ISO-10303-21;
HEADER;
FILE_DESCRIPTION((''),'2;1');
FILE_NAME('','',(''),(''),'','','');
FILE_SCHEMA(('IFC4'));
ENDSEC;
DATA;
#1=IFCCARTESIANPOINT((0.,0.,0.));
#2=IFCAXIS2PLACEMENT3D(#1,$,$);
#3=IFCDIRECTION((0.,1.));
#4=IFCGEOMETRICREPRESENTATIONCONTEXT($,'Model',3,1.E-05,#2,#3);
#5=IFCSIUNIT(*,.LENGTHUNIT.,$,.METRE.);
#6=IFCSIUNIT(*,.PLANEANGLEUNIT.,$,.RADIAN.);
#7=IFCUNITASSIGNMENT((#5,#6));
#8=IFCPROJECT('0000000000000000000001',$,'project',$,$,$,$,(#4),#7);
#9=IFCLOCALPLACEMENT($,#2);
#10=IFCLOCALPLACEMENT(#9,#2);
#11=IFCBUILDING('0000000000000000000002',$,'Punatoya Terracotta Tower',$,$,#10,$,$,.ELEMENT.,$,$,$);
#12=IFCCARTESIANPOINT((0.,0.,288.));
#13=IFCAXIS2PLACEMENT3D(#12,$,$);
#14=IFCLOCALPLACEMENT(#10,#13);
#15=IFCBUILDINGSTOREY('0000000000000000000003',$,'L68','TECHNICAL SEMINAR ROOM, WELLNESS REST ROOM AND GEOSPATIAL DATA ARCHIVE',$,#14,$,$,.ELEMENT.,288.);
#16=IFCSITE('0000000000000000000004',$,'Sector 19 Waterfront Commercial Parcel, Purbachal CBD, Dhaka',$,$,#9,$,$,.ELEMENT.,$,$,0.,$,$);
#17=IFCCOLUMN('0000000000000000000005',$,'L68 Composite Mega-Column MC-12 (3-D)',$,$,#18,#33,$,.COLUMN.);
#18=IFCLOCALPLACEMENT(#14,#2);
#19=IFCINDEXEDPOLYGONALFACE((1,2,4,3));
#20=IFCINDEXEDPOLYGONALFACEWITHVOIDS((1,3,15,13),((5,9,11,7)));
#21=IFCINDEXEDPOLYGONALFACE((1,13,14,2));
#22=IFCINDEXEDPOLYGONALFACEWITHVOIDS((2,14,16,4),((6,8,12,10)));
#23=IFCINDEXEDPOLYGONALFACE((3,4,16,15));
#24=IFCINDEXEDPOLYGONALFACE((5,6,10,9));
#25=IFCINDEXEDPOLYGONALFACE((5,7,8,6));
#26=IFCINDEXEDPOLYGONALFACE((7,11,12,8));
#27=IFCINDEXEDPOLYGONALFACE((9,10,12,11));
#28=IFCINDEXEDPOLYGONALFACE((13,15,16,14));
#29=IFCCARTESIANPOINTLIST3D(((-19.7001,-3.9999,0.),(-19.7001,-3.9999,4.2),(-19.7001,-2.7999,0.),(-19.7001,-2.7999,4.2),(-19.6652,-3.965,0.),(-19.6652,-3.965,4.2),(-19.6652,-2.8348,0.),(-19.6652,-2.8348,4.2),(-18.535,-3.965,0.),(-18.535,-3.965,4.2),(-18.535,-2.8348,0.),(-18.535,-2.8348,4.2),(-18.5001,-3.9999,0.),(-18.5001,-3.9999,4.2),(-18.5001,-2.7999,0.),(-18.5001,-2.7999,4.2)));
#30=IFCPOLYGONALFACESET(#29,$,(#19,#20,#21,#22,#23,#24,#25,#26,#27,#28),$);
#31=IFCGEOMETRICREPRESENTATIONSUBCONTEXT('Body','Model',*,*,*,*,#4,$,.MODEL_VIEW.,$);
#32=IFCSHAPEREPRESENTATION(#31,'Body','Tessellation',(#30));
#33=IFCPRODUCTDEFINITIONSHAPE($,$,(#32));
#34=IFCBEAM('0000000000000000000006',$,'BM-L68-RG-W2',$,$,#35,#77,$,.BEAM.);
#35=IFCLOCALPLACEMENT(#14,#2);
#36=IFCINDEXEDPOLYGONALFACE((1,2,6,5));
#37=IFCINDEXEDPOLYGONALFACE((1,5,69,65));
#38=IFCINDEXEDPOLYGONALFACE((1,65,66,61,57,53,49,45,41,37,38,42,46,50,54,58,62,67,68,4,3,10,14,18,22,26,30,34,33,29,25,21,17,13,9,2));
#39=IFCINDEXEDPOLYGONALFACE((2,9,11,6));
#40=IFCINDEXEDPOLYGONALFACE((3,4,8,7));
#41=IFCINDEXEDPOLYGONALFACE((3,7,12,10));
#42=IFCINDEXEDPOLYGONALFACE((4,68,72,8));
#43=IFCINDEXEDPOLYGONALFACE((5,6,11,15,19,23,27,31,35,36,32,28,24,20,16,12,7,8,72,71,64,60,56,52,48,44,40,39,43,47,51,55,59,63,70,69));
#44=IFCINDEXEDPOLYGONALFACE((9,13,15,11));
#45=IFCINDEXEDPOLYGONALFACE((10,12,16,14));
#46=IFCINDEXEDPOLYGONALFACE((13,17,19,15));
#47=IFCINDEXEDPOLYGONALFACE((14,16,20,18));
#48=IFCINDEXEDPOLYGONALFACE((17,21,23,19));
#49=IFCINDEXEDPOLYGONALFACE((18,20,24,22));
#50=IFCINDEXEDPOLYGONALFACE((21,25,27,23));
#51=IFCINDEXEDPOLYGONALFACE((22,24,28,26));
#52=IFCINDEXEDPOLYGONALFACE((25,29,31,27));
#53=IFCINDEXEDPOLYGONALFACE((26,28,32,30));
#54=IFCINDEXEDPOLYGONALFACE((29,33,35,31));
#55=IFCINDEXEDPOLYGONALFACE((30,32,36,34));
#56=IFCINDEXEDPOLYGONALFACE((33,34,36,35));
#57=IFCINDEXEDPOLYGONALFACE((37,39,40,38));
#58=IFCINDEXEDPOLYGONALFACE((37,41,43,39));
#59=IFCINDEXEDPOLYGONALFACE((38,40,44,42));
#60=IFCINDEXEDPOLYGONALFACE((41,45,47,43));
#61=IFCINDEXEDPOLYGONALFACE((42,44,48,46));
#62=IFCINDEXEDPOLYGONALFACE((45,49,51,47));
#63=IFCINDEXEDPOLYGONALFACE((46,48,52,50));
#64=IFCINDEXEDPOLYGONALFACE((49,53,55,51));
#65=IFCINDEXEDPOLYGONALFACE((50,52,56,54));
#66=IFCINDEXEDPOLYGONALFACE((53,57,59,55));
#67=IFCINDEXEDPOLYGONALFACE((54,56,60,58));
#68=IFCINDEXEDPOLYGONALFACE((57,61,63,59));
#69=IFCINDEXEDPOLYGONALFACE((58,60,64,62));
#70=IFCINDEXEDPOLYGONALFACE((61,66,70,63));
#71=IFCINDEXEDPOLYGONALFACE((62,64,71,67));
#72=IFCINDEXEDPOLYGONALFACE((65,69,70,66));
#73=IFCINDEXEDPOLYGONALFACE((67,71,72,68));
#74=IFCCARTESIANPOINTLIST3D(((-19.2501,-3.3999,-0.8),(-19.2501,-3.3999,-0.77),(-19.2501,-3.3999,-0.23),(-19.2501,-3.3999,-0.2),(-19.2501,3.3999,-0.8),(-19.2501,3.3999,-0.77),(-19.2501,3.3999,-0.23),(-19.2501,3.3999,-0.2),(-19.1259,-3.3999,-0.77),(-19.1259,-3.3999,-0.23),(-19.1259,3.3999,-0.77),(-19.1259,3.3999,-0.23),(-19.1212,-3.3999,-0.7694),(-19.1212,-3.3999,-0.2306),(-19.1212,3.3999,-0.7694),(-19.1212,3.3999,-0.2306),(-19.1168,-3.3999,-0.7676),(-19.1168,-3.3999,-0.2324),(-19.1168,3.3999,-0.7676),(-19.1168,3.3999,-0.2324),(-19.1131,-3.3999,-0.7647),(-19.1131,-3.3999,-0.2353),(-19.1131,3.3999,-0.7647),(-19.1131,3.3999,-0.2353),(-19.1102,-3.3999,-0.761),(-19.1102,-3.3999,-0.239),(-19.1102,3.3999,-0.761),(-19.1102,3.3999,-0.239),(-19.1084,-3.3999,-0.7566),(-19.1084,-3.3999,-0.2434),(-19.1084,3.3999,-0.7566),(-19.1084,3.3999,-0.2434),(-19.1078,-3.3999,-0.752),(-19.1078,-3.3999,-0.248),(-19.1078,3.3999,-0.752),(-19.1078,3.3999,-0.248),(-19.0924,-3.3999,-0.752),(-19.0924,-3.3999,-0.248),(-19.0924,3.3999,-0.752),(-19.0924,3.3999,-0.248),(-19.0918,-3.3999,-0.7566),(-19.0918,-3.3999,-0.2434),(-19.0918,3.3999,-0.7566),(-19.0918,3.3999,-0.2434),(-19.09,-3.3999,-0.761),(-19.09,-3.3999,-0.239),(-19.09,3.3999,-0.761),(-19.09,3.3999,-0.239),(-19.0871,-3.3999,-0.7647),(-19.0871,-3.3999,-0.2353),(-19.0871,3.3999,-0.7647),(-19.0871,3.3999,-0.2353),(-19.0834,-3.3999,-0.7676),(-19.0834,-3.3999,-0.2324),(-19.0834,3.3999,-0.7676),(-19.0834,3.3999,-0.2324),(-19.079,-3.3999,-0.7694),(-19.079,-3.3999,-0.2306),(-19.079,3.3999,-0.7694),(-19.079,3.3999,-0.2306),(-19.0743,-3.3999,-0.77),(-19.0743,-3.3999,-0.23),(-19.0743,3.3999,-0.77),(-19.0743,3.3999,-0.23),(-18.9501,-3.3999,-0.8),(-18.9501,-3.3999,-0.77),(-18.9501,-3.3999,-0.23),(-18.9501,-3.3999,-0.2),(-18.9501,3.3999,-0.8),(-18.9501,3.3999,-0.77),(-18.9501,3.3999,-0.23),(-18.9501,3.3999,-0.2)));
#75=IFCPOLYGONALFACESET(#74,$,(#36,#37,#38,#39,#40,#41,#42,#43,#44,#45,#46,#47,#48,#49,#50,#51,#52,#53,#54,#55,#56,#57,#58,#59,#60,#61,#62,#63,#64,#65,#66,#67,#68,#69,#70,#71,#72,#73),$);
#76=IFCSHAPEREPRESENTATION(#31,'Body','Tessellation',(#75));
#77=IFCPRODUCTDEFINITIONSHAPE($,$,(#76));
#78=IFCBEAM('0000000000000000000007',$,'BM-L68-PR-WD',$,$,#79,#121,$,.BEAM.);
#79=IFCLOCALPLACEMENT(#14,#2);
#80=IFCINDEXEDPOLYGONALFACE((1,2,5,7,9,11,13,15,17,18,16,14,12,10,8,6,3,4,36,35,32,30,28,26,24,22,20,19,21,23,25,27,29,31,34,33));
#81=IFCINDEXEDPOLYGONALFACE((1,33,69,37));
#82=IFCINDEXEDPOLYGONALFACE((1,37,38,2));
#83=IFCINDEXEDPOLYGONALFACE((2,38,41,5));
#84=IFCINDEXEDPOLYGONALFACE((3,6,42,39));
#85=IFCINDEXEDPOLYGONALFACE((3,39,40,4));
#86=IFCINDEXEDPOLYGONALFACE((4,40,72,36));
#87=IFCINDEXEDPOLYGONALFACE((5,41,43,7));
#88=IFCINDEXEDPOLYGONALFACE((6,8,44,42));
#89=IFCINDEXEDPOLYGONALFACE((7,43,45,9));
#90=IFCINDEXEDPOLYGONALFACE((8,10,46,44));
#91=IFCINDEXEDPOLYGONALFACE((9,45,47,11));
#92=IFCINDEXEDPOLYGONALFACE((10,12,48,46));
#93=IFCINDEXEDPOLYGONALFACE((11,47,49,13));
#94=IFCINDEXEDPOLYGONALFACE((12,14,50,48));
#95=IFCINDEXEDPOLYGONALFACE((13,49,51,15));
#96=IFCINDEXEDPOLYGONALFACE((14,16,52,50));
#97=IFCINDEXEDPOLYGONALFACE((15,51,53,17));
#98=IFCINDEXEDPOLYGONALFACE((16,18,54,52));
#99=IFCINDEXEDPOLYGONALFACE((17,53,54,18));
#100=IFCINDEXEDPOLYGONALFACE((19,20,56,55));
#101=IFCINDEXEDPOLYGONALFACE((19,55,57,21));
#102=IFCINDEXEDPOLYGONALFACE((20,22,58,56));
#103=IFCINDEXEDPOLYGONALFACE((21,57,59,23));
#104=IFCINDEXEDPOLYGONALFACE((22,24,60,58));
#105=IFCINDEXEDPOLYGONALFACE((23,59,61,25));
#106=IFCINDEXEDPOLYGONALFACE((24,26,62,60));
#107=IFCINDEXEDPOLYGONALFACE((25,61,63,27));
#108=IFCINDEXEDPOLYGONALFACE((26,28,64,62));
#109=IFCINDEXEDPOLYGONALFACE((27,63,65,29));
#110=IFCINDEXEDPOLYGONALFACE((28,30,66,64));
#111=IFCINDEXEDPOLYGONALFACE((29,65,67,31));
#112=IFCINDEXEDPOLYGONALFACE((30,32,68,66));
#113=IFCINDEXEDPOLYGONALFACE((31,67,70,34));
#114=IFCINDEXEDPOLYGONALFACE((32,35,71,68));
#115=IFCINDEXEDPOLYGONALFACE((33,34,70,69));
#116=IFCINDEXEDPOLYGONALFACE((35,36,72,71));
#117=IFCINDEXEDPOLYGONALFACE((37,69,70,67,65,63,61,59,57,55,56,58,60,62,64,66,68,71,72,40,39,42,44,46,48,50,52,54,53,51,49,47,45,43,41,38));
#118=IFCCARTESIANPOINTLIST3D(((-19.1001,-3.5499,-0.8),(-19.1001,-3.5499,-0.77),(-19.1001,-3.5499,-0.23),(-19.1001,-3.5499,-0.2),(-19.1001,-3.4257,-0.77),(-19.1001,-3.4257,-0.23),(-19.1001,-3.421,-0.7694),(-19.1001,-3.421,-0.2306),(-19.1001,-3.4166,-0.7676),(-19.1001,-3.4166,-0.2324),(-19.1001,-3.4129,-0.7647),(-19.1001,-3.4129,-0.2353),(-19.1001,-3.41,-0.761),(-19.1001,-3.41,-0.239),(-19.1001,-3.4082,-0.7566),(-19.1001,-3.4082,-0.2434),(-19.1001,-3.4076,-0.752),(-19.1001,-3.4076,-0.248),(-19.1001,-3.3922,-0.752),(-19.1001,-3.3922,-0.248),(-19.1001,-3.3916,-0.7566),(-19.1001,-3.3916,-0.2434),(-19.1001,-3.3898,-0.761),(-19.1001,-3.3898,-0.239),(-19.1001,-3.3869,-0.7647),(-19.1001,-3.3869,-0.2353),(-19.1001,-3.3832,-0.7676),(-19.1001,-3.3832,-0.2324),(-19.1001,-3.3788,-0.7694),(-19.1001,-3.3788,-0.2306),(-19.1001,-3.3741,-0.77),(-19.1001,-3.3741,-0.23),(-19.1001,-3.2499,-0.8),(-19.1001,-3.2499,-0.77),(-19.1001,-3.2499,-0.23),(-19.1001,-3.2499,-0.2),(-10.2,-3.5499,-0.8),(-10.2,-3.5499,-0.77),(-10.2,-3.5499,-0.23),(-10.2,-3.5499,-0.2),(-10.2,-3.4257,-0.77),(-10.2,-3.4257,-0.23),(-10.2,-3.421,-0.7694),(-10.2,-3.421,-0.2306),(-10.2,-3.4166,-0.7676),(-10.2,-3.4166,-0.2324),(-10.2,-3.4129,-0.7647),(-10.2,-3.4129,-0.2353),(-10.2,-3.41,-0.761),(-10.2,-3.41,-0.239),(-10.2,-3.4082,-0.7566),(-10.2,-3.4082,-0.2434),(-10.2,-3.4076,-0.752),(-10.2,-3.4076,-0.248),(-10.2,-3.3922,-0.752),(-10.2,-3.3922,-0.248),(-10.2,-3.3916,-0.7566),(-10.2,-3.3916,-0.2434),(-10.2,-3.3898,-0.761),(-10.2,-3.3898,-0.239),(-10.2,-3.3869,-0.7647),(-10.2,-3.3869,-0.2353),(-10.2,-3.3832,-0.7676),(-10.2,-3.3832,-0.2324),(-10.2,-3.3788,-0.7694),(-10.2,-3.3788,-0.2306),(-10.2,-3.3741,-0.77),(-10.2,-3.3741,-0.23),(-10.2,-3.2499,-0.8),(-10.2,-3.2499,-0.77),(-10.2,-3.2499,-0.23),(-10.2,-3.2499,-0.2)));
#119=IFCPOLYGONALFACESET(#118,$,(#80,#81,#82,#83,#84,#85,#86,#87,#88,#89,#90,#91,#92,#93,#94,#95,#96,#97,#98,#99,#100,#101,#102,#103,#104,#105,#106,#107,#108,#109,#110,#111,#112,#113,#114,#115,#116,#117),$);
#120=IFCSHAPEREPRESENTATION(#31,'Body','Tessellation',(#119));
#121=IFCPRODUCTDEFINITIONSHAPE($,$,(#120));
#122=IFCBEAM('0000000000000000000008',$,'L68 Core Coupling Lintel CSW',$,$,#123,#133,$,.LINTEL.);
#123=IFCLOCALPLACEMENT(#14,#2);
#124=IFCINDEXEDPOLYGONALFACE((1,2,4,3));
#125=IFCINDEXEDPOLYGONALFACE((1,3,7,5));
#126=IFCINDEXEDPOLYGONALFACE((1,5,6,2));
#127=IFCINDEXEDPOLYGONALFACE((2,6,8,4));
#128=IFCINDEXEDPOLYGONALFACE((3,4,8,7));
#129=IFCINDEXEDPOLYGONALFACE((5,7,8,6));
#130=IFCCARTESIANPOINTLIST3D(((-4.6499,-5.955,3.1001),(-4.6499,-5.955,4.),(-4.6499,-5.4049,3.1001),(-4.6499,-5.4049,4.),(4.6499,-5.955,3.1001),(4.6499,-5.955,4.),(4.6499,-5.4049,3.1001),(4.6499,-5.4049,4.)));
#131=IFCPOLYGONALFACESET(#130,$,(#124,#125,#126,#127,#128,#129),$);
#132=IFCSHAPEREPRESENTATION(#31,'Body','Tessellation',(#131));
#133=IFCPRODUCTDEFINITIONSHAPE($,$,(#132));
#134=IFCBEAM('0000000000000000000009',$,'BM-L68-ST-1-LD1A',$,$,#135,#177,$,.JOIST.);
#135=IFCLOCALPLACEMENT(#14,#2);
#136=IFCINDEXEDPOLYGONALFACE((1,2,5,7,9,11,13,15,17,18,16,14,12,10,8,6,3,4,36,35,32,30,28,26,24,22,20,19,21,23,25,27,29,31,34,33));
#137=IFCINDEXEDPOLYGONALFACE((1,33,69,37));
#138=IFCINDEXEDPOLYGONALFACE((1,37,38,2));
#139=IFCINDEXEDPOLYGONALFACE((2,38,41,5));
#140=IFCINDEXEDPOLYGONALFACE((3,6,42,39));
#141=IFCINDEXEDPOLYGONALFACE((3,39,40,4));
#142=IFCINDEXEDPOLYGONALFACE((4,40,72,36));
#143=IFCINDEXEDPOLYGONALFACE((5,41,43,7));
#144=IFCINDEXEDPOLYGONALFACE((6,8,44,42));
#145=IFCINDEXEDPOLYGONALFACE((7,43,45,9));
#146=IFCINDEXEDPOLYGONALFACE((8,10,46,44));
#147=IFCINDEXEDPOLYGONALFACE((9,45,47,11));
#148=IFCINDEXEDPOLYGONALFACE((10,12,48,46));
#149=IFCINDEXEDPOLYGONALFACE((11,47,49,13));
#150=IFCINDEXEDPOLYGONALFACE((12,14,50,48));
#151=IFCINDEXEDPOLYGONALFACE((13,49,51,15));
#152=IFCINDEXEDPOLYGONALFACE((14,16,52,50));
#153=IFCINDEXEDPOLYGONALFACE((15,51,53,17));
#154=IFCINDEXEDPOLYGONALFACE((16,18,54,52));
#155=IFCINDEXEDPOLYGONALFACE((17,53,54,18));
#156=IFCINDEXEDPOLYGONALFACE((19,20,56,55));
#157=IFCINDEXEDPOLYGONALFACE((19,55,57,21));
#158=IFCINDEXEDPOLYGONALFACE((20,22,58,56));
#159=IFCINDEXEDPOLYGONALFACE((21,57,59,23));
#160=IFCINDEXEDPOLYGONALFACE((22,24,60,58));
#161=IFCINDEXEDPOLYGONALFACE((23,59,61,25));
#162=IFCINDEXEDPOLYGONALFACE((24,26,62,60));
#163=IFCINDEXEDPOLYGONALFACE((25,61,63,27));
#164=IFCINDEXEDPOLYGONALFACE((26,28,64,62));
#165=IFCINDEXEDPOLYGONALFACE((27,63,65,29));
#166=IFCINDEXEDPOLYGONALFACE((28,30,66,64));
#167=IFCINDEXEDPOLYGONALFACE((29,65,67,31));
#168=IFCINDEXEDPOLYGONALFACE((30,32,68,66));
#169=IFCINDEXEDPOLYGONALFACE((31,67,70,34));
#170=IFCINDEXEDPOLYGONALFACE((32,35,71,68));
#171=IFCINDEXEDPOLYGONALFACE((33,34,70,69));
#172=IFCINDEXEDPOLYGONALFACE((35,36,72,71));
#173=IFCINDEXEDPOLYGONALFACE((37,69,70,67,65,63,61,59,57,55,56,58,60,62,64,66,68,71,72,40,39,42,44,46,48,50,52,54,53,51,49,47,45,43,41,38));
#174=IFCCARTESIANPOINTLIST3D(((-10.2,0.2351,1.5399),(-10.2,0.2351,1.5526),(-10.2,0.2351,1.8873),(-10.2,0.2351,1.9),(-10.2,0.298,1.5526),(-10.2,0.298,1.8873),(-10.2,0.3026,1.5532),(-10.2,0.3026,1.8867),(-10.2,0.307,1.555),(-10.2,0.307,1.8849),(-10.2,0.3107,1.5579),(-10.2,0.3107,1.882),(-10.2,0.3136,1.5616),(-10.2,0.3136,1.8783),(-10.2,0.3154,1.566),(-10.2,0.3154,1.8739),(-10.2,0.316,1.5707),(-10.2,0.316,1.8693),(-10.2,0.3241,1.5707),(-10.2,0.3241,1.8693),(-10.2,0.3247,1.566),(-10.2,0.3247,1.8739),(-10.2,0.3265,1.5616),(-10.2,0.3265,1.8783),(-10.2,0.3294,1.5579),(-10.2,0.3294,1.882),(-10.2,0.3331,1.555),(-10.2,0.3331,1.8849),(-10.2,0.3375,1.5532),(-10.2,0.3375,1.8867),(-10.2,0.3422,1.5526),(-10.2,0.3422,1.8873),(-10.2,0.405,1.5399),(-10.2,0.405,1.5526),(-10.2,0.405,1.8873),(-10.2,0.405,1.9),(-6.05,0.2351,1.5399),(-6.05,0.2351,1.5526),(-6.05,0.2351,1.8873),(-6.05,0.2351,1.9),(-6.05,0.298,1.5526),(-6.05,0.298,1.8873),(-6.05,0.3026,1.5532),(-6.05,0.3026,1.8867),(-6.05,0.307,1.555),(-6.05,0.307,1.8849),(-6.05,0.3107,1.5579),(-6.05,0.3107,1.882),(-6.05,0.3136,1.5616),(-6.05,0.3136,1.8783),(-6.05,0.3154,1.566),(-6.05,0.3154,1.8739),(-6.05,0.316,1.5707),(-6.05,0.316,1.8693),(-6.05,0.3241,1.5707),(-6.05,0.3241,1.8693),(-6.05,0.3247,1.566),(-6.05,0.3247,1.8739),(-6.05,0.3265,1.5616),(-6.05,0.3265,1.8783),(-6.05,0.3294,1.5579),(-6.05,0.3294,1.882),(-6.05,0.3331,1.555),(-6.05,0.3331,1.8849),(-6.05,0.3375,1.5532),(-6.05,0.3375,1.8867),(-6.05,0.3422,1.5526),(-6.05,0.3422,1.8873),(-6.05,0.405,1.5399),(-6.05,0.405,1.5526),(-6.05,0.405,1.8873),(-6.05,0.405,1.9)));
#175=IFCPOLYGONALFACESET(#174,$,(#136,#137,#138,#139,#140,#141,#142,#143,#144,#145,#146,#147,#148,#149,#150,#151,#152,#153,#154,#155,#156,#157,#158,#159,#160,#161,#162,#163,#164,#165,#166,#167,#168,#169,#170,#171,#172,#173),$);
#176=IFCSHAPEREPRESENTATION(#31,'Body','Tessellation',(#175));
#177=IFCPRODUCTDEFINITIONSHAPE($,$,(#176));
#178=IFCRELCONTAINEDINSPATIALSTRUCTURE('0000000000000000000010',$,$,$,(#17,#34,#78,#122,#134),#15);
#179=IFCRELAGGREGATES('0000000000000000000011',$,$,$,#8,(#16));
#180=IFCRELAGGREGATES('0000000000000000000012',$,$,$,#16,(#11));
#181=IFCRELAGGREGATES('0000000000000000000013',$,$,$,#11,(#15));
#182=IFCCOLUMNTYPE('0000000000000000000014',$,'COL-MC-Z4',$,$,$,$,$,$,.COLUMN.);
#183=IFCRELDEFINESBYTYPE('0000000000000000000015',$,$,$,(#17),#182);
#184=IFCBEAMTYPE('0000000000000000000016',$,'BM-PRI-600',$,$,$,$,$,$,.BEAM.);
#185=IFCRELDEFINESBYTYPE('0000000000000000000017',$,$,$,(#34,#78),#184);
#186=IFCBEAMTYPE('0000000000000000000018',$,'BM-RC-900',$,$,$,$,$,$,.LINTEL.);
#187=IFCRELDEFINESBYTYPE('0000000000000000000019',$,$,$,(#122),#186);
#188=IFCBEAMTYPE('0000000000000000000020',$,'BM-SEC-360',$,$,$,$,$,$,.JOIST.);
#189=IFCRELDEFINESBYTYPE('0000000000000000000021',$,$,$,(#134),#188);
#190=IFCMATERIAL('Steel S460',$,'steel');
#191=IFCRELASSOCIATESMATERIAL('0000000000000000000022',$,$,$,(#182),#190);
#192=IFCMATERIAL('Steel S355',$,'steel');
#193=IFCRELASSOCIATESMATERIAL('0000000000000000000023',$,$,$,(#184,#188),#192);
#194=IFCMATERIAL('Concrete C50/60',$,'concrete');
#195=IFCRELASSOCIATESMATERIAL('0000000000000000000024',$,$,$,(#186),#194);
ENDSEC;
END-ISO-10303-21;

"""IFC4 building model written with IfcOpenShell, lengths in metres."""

from ifc_helpers import new_model, si_unit, direction, frame, origin, origin_2d, place, context, subcontext, project, spatial, rectangle, hollow_rectangle, i_section, extrude, material, material_profile, profile_set, type_object, element, save


model = new_model("IFC4")

# Units and contexts
model_context = context("Model", 3, precision=1e-05, world=origin(), true_north=direction((0.0, 1.0)))
body_context = subcontext(model_context, "Body", "Model", "MODEL_VIEW")
ifc_project = project(units=[si_unit("LENGTHUNIT", "METRE"), si_unit("PLANEANGLEUNIT", "RADIAN")], contexts=[model_context])

# Site, building, storey
site_placement = place(None, origin())
site = spatial("IfcSite", under=ifc_project, at=site_placement, Name="Sector 19 Waterfront Commercial Parcel, Purbachal CBD, Dhaka", CompositionType="ELEMENT", RefElevation=0.0)
building_placement = place(site_placement, origin())
building = spatial("IfcBuilding", under=site, at=building_placement, Name="Punatoya Terracotta Tower", CompositionType="ELEMENT")
storey_placement = place(building_placement, frame((0.0, 0.0, 288.0)))
storey = spatial("IfcBuildingStorey", under=building, at=storey_placement, Name="L68", Description="TECHNICAL SEMINAR ROOM, WELLNESS REST ROOM AND GEOSPATIAL DATA ARCHIVE", CompositionType="ELEMENT", Elevation=288.0)

# Column
ifc_material_1 = material(Name="Steel S460", Category="steel")
ifc_material_profile_1 = material_profile(ifc_material_1, hollow_rectangle(XDim=1.2, YDim=1.2, WallThickness=0.0349, at=origin_2d()))
ifc_profile_set_1 = profile_set([ifc_material_profile_1], Name="Steel S460")
column_type = type_object("IfcColumnType", Name="COL-MC-Z4", PredefinedType="COLUMN", material=ifc_profile_set_1)
column_placement = place(storey_placement, frame((-19.1001, -3.3999, 0.0), z_axis=(0.0, 0.0, 1.0), x_axis=(1.0, 0.0, 0.0)))
element("IfcColumn", 1, at=column_placement, inside=storey, type_object=column_type, Name="L68 Composite Mega-Column MC-12 (3-D)", PredefinedType="COLUMN", context=body_context, shape_type="SweptSolid", body=[
    extrude(hollow_rectangle(XDim=1.2, YDim=1.2, WallThickness=0.0349, at=origin_2d()), origin(), (0.0, 0.0, 1.0), 4.2),
])

# Beams
ifc_material_2 = material(Name="Steel S355", Category="steel")
ifc_material_profile_2 = material_profile(ifc_material_2, i_section(OverallWidth=0.3, OverallDepth=0.6001, WebThickness=0.0154, FlangeThickness=0.03, FilletRadius=0.0181, at=origin_2d()))
ifc_profile_set_2 = profile_set([ifc_material_profile_2], Name="Steel S355")
beam_type_1 = type_object("IfcBeamType", Name="BM-PRI-600", PredefinedType="BEAM", material=ifc_profile_set_2)
beam_1_placement = place(storey_placement, frame((-19.1001, -3.3999, -0.5), z_axis=(0.0, 1.0, 0.0), x_axis=(-1.0, 0.0, 0.0)))
element("IfcBeam", 2, at=beam_1_placement, inside=storey, type_object=beam_type_1, Name="BM-L68-RG-W2", PredefinedType="BEAM", context=body_context, shape_type="SweptSolid", body=[
    extrude(i_section(OverallWidth=0.3, OverallDepth=0.6001, WebThickness=0.0154, FlangeThickness=0.03, FilletRadius=0.0181, at=origin_2d()), origin(), (0.0, 0.0, 1.0), 6.7998),
])
beam_2_placement = place(storey_placement, frame((-19.1001, -3.3999, -0.5), z_axis=(1.0, 0.0, 0.0), x_axis=(0.0, 1.0, 0.0)))
element("IfcBeam", 3, at=beam_2_placement, inside=storey, type_object=beam_type_1, Name="BM-L68-PR-WD", PredefinedType="BEAM", context=body_context, shape_type="SweptSolid", body=[
    extrude(i_section(OverallWidth=0.3, OverallDepth=0.6001, WebThickness=0.0154, FlangeThickness=0.03, FilletRadius=0.0181, at=origin_2d()), origin(), (0.0, 0.0, 1.0), 8.9001),
])
ifc_material_3 = material(Name="Concrete C50/60", Category="concrete")
ifc_material_profile_3 = material_profile(ifc_material_3, rectangle(XDim=0.55, YDim=0.8999, at=origin_2d()))
ifc_profile_set_3 = profile_set([ifc_material_profile_3], Name="Concrete C50/60")
beam_type_2 = type_object("IfcBeamType", Name="BM-RC-900", PredefinedType="LINTEL", material=ifc_profile_set_3)
beam_3_placement = place(storey_placement, frame((-4.6499, -5.6799, 3.55), z_axis=(1.0, 0.0, 0.0), x_axis=(0.0, 1.0, 0.0)))
element("IfcBeam", 4, at=beam_3_placement, inside=storey, type_object=beam_type_2, Name="L68 Core Coupling Lintel CSW", PredefinedType="LINTEL", context=body_context, shape_type="SweptSolid", body=[
    extrude(rectangle(XDim=0.55, YDim=0.8999, at=origin_2d()), origin(), (0.0, 0.0, 1.0), 9.2998),
])
ifc_material_profile_4 = material_profile(ifc_material_2, i_section(OverallWidth=0.1699, OverallDepth=0.3601, WebThickness=0.0081, FlangeThickness=0.0127, FilletRadius=0.0181, at=origin_2d()))
ifc_profile_set_4 = profile_set([ifc_material_profile_4], Name="Steel S355")
beam_type_3 = type_object("IfcBeamType", Name="BM-SEC-360", PredefinedType="JOIST", material=ifc_profile_set_4)
beam_4_placement = place(storey_placement, frame((-10.2, 0.3201, 1.72), z_axis=(1.0, 0.0, 0.0), x_axis=(0.0, 1.0, 0.0)))
element("IfcBeam", 5, at=beam_4_placement, inside=storey, type_object=beam_type_3, Name="BM-L68-ST-1-LD1A", PredefinedType="JOIST", context=body_context, shape_type="SweptSolid", body=[
    extrude(i_section(OverallWidth=0.1699, OverallDepth=0.3601, WebThickness=0.0081, FlangeThickness=0.0127, FilletRadius=0.0181, at=origin_2d()), origin(), (0.0, 0.0, 1.0), 4.1499),
])

save(model, "model.ifc")
